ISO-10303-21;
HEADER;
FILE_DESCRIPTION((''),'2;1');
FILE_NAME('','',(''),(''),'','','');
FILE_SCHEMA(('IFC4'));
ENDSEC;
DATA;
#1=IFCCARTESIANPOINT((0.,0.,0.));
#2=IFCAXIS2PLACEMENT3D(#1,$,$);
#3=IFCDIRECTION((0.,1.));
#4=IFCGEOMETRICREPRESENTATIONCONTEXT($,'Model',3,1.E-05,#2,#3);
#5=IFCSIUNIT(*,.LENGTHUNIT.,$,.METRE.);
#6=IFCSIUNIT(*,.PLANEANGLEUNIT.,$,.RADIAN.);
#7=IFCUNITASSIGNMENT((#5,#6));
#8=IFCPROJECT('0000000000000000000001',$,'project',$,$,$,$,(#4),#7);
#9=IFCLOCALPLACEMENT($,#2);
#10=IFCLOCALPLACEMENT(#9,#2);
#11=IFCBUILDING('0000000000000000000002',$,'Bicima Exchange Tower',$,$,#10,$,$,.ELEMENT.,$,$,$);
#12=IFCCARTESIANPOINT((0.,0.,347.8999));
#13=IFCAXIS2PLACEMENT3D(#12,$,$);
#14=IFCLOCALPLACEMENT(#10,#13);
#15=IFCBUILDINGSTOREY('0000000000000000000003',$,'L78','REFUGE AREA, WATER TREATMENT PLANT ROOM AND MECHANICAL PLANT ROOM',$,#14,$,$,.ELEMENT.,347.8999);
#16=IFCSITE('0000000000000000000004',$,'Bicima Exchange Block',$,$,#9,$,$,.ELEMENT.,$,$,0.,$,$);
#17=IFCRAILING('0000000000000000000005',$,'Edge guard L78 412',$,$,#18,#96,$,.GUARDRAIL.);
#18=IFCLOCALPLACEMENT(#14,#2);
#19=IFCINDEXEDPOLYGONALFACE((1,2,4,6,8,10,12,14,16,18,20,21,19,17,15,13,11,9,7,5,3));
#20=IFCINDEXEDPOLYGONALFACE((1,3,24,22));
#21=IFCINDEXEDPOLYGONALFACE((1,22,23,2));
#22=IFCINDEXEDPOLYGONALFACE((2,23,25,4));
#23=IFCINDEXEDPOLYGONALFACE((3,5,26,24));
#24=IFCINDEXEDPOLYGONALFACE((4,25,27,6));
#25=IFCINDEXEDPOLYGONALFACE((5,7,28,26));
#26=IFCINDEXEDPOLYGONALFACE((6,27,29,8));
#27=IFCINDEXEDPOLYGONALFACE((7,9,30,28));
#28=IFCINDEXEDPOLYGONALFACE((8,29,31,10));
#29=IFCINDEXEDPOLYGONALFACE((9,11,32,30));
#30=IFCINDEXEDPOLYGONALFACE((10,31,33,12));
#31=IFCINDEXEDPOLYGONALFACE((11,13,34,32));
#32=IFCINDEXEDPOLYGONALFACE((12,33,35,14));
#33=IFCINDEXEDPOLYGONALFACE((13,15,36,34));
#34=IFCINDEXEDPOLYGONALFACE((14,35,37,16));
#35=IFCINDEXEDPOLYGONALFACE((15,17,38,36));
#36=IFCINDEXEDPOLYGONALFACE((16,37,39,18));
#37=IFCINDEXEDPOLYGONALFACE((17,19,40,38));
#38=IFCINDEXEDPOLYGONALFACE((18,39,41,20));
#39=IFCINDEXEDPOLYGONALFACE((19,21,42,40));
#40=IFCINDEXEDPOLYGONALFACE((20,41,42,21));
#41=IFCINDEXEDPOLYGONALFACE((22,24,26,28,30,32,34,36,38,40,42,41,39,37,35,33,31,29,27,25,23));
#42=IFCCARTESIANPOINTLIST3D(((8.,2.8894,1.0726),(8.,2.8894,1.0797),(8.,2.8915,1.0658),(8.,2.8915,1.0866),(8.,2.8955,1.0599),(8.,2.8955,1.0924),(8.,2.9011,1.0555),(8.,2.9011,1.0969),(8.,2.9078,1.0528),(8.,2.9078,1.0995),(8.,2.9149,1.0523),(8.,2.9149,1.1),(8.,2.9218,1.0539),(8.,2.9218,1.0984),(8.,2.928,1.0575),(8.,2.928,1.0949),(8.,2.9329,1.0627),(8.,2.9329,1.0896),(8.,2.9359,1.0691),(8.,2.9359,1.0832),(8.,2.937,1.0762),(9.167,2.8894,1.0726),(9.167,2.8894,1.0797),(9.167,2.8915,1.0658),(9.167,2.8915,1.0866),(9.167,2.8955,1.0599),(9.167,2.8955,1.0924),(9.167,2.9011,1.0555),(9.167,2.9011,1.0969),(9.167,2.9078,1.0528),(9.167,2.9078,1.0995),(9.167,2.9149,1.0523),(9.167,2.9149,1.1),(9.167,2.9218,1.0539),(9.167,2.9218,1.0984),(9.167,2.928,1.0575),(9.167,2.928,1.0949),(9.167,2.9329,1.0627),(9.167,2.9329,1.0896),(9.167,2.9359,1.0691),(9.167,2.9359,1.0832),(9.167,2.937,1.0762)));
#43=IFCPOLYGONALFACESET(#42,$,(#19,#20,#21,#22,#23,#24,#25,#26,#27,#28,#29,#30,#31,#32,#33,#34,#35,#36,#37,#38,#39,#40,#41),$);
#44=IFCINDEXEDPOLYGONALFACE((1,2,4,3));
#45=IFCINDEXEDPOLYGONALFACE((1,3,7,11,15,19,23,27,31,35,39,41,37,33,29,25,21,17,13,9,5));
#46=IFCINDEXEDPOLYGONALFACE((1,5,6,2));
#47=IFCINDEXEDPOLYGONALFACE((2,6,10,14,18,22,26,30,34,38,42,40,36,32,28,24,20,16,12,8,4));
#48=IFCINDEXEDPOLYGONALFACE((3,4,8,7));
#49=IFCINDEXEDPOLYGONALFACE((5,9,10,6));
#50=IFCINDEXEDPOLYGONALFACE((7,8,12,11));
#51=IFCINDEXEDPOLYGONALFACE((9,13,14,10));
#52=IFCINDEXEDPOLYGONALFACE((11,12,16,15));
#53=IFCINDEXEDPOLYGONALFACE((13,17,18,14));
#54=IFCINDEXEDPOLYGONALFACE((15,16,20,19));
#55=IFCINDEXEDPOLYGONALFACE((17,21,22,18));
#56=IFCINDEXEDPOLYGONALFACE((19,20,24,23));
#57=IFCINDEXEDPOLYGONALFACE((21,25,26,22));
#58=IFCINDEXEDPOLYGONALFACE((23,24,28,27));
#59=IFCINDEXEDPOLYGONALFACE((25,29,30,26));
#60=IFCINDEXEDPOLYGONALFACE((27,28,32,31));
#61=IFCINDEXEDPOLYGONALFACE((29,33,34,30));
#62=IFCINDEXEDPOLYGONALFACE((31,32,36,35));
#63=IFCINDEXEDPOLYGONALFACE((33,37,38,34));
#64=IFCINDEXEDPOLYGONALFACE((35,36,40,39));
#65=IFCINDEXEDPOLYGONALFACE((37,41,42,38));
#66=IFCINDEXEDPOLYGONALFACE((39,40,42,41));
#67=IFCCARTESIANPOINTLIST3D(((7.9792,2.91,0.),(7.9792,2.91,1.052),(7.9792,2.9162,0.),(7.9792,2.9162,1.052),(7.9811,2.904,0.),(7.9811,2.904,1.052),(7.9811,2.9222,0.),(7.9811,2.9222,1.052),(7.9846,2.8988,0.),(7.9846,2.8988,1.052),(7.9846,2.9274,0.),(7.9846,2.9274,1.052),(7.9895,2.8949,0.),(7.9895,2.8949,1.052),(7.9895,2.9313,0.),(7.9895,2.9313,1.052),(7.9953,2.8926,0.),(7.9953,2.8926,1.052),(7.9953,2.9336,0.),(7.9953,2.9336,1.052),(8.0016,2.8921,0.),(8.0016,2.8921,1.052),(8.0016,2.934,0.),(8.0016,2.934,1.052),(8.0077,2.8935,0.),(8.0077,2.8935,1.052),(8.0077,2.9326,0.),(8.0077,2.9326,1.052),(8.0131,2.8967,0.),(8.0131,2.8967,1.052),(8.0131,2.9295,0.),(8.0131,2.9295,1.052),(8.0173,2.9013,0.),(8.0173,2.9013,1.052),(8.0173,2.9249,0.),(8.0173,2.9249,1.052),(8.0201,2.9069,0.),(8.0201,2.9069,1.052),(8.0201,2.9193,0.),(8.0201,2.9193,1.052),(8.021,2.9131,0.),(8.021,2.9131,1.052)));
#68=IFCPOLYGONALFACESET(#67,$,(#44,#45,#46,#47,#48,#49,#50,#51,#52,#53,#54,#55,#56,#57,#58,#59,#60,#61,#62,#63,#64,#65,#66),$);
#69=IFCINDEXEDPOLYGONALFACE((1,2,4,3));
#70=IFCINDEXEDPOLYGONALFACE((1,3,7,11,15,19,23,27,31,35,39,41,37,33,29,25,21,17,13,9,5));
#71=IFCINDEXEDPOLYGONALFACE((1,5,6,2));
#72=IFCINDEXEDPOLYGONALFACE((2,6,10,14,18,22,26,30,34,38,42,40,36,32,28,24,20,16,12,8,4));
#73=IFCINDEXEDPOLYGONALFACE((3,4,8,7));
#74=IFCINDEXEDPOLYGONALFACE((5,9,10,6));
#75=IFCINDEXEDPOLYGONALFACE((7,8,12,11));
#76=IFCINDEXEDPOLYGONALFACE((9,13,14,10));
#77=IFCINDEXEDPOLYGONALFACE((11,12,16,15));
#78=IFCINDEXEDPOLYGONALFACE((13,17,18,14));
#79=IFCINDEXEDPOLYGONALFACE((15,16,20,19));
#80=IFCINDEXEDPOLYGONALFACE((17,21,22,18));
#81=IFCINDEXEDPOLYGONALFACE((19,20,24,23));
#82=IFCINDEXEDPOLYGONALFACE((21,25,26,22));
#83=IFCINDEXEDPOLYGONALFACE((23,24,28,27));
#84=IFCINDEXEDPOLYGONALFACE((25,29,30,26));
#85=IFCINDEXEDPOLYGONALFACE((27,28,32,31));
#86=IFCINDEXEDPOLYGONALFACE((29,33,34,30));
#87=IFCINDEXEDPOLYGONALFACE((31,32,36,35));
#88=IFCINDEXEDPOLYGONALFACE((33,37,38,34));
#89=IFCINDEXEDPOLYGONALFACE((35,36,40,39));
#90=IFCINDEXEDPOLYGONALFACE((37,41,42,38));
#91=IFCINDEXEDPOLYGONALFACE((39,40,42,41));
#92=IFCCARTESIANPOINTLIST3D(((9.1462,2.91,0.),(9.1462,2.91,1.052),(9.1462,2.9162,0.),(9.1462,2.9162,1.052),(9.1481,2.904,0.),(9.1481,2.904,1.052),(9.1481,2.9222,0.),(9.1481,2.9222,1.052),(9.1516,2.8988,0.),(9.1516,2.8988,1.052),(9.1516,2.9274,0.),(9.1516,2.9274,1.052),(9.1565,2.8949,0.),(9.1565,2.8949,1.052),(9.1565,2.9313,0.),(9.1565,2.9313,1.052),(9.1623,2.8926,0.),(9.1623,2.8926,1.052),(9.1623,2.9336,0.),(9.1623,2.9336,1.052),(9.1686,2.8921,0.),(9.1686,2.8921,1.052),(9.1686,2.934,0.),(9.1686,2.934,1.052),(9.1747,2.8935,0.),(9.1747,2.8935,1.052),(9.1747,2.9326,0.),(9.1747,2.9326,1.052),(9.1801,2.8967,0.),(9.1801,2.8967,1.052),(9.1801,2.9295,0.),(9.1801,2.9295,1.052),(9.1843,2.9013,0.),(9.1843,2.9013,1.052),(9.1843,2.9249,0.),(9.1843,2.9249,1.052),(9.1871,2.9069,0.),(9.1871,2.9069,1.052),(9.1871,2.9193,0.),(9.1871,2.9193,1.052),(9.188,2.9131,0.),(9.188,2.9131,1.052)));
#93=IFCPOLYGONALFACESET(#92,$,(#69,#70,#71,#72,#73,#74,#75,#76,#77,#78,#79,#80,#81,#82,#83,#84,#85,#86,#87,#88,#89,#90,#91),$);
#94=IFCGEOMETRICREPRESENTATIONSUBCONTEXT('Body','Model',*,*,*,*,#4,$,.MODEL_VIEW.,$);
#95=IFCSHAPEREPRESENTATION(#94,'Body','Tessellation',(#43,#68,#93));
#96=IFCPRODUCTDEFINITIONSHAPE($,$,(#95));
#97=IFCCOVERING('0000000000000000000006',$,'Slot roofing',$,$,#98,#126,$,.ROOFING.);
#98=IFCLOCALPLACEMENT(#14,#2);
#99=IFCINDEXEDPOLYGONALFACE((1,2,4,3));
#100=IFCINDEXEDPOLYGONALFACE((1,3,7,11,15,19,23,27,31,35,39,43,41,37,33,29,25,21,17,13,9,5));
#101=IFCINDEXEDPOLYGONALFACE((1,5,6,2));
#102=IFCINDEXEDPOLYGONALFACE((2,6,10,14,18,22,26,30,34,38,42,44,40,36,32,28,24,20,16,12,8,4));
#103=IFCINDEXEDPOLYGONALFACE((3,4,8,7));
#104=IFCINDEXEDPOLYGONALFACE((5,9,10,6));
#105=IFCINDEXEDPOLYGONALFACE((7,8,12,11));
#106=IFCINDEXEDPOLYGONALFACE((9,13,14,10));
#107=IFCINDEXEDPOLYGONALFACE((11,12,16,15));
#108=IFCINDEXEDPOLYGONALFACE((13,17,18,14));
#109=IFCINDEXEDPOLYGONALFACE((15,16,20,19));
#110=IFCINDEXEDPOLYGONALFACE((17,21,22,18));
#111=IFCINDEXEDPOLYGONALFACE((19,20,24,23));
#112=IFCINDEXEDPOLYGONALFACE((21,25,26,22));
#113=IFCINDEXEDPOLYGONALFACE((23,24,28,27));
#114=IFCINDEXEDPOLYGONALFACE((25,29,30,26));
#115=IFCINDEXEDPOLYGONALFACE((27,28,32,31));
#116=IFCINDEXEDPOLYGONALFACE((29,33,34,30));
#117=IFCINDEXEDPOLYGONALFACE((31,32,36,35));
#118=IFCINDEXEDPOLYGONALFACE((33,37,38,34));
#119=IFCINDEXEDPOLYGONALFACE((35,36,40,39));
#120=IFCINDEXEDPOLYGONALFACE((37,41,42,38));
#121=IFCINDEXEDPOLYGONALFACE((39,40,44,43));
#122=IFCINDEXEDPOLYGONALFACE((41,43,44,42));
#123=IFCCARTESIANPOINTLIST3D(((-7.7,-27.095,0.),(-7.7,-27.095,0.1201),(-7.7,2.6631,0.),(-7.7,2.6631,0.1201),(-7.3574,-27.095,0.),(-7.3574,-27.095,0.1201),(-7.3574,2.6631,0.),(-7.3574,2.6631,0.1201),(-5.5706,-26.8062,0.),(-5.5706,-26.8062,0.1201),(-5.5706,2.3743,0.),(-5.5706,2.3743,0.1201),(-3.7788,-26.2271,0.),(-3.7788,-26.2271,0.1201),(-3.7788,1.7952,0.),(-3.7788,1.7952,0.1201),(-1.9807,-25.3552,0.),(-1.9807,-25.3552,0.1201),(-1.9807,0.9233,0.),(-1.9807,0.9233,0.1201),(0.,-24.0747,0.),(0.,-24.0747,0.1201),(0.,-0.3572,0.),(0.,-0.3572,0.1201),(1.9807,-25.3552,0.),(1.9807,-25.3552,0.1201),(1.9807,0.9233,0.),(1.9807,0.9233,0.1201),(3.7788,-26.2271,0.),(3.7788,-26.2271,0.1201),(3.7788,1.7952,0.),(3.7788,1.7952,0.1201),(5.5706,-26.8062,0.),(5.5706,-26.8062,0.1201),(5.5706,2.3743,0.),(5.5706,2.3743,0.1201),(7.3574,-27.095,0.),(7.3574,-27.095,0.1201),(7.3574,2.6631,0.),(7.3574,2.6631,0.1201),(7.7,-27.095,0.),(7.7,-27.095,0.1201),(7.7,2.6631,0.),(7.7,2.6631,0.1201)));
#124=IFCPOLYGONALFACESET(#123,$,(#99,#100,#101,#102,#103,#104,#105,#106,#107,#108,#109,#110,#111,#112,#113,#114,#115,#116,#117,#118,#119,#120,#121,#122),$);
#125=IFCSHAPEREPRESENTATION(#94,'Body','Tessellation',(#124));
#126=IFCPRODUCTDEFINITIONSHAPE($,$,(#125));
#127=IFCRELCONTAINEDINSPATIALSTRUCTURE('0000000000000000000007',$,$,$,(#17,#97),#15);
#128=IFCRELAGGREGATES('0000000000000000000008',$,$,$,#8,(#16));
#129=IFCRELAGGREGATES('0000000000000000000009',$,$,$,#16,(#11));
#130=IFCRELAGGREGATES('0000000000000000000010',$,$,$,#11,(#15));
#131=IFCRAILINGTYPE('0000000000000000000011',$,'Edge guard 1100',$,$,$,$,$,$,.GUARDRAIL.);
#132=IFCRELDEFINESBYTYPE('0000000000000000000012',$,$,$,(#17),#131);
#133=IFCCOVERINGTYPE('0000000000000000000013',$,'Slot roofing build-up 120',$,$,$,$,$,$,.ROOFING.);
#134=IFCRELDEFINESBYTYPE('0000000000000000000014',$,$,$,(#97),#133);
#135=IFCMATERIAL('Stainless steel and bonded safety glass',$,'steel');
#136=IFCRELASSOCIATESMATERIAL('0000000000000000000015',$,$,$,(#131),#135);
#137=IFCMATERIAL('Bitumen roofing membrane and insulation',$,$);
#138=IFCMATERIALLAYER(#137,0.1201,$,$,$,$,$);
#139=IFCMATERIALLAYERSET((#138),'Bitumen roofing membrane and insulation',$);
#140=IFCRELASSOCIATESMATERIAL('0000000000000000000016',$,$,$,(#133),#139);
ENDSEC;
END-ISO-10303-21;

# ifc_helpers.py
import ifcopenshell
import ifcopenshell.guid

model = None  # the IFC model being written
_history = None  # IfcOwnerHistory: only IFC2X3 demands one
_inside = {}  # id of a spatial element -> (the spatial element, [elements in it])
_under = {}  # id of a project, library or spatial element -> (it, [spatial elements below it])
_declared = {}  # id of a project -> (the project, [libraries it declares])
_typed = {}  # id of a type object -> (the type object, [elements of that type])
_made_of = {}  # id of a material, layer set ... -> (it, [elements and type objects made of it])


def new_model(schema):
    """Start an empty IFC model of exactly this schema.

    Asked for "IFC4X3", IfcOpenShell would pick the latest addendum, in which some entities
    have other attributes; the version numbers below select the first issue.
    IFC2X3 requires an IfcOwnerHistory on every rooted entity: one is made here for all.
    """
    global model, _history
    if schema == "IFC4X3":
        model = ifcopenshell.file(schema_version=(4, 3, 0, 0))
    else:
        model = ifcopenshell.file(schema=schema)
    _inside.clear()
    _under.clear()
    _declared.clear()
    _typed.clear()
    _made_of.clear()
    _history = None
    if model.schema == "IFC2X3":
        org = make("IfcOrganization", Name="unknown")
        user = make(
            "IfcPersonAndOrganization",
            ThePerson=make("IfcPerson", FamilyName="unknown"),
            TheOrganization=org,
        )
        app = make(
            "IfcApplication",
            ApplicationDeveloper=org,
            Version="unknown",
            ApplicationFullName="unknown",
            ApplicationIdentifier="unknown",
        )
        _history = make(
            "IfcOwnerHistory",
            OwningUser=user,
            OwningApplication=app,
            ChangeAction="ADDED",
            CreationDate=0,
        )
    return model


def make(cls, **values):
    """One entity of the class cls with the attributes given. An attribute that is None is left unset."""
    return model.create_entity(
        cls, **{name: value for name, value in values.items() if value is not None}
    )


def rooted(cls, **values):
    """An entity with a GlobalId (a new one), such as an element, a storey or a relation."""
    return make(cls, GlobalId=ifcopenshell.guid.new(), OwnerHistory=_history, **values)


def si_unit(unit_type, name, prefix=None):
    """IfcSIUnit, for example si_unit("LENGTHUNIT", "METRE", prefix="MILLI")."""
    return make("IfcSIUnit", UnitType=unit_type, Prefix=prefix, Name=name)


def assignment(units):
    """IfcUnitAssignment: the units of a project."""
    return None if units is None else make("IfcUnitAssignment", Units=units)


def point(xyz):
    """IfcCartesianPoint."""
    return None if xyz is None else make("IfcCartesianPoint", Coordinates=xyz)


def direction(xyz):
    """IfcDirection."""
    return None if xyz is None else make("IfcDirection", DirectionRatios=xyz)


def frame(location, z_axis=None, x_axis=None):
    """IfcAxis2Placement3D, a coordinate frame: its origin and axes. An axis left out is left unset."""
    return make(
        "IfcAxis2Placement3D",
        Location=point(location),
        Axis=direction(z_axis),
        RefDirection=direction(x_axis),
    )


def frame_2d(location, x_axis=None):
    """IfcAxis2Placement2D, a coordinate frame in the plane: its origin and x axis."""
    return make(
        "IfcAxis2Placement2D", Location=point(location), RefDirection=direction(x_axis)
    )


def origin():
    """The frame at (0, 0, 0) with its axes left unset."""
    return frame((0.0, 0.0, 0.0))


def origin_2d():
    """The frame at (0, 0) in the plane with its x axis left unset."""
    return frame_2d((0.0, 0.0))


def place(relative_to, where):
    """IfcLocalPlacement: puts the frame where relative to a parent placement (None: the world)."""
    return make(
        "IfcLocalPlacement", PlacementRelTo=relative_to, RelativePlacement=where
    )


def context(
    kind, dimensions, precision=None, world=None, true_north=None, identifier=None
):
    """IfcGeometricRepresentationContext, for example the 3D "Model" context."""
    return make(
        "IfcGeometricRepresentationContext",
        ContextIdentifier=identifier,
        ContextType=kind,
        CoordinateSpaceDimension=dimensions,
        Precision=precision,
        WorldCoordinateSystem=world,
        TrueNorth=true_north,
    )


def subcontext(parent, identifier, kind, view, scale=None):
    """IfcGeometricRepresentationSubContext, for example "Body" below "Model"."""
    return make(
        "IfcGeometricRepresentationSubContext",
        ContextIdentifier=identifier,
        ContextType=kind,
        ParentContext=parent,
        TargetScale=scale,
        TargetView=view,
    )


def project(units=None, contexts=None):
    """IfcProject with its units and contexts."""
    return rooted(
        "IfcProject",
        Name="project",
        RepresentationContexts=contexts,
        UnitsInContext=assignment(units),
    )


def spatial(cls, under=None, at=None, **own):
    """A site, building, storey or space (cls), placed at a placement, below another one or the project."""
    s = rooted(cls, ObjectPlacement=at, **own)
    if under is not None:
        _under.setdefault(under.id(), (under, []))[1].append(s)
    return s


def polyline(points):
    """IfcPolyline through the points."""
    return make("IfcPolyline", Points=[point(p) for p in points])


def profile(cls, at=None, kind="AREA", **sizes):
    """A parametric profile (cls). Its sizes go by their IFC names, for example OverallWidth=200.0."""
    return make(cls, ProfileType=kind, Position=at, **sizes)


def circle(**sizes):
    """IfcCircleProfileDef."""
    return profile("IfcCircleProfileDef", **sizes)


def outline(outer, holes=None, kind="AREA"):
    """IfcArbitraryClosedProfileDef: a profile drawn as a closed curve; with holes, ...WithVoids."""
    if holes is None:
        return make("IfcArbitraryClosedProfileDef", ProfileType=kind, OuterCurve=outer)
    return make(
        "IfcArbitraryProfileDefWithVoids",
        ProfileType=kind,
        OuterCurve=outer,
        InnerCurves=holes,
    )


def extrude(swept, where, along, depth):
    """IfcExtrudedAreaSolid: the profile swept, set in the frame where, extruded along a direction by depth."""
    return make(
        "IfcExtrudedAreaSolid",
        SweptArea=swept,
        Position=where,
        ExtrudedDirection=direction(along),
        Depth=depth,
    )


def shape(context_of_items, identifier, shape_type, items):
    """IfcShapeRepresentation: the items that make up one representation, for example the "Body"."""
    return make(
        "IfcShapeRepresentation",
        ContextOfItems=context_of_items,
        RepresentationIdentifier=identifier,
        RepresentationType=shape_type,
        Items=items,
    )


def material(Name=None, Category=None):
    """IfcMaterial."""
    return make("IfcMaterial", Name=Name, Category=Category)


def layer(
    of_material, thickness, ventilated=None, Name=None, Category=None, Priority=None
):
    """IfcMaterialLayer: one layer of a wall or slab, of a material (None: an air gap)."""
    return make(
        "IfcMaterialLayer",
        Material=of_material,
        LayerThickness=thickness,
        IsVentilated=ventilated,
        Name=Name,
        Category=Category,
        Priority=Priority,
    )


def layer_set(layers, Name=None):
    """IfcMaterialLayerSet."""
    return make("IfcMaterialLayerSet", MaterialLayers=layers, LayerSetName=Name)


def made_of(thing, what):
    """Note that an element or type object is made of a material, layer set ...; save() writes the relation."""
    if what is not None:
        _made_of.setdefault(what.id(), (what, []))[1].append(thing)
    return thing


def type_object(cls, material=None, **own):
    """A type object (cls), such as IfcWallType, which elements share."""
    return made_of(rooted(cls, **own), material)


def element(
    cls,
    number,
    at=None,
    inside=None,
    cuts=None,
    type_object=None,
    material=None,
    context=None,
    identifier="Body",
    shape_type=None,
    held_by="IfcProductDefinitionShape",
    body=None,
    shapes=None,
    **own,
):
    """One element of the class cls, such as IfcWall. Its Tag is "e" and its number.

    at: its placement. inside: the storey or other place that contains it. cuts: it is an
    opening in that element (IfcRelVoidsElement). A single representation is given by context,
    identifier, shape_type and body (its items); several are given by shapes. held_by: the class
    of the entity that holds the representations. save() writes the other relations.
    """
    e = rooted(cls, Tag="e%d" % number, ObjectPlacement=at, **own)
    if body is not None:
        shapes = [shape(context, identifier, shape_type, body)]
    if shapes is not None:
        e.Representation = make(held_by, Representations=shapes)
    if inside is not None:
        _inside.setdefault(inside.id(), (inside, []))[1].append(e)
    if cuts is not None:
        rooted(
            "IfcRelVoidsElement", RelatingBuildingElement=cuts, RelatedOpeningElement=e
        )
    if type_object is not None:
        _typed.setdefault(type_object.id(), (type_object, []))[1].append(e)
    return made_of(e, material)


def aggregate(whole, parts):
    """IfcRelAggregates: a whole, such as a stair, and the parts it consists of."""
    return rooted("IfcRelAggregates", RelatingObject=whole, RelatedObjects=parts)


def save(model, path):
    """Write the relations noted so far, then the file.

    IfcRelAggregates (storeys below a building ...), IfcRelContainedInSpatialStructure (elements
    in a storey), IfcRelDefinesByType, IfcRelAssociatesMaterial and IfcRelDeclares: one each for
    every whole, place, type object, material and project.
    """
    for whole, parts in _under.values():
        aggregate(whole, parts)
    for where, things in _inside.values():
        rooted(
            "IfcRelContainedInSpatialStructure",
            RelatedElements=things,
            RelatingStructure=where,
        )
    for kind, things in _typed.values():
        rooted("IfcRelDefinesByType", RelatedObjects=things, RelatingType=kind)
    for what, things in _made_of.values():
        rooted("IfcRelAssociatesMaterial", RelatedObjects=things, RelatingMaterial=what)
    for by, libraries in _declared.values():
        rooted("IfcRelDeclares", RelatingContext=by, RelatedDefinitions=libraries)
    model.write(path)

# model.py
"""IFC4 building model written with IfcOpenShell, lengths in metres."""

from ifc_helpers import new_model, si_unit, direction, frame, origin, origin_2d, place, context, subcontext, project, spatial, polyline, circle, outline, extrude, material, layer, layer_set, type_object, element, save


model = new_model("IFC4")

# Units and contexts
model_context = context("Model", 3, precision=1e-05, world=origin(), true_north=direction((0.0, 1.0)))
body_context = subcontext(model_context, "Body", "Model", "MODEL_VIEW")
ifc_project = project(units=[si_unit("LENGTHUNIT", "METRE"), si_unit("PLANEANGLEUNIT", "RADIAN")], contexts=[model_context])

# Site, building, storey
site_placement = place(None, origin())
site = spatial("IfcSite", under=ifc_project, at=site_placement, Name="Bicima Exchange Block", CompositionType="ELEMENT", RefElevation=0.0)
building_placement = place(site_placement, origin())
building = spatial("IfcBuilding", under=site, at=building_placement, Name="Bicima Exchange Tower", CompositionType="ELEMENT")
storey_placement = place(building_placement, frame((0.0, 0.0, 347.8999)))
storey = spatial("IfcBuildingStorey", under=building, at=storey_placement, Name="L78", Description="REFUGE AREA, WATER TREATMENT PLANT ROOM AND MECHANICAL PLANT ROOM", CompositionType="ELEMENT", Elevation=347.8999)

# Railing
ifc_material_1 = material(Name="Stainless steel and bonded safety glass", Category="steel")
railing_type = type_object("IfcRailingType", Name="Edge guard 1100", PredefinedType="GUARDRAIL", material=ifc_material_1)
railing_placement = place(storey_placement, frame((8.0, 2.9131, 0.0)))
element("IfcRailing", 1, at=railing_placement, inside=storey, type_object=railing_type, Name="Edge guard L78 412", PredefinedType="GUARDRAIL", context=body_context, shape_type="SweptSolid", body=[
    extrude(circle(Radius=0.0239, at=origin_2d()), frame((0.0, 0.0, 1.0762), z_axis=(1.0, 0.0, 0.0), x_axis=(0.0, 1.0, 0.0)), (0.0, 0.0, 1.0), 1.167),
    extrude(circle(Radius=0.021, at=origin_2d()), origin(), (0.0, 0.0, 1.0), 1.052),
    extrude(circle(Radius=0.021, at=origin_2d()), frame((1.167, 0.0, 0.0)), (0.0, 0.0, 1.0), 1.052),
])

# Covering
ifc_material_2 = material(Name="Bitumen roofing membrane and insulation")
ifc_layer_1 = layer(ifc_material_2, 0.1201)
ifc_layer_set_1 = layer_set([ifc_layer_1], Name="Bitumen roofing membrane and insulation")
covering_type = type_object("IfcCoveringType", Name="Slot roofing build-up 120", PredefinedType="ROOFING", material=ifc_layer_set_1)
covering_placement = place(storey_placement, origin())
element("IfcCovering", 2, at=covering_placement, inside=storey, type_object=covering_type, Name="Slot roofing", PredefinedType="ROOFING", context=body_context, shape_type="SweptSolid", body=[
    extrude(outline(polyline([(7.3574, -27.095), (5.5706, -26.8062), (3.7788, -26.2271), (1.9807, -25.3552), (0.0, -24.0747), (-1.9807, -25.3552), (-3.7788, -26.2271), (-5.5706, -26.8062), (-7.3574, -27.095), (-7.7, -27.095), (-7.7, 2.6631), (-7.3574, 2.6631), (-5.5706, 2.3743), (-3.7788, 1.7952), (-1.9807, 0.9233), (0.0, -0.3572), (1.9807, 0.9233), (3.7788, 1.7952), (5.5706, 2.3743), (7.3574, 2.6631), (7.7, 2.6631), (7.7, -27.095), (7.3574, -27.095)])), origin(), (0.0, 0.0, 1.0), 0.1201),
])

save(model, "model.ifc")
